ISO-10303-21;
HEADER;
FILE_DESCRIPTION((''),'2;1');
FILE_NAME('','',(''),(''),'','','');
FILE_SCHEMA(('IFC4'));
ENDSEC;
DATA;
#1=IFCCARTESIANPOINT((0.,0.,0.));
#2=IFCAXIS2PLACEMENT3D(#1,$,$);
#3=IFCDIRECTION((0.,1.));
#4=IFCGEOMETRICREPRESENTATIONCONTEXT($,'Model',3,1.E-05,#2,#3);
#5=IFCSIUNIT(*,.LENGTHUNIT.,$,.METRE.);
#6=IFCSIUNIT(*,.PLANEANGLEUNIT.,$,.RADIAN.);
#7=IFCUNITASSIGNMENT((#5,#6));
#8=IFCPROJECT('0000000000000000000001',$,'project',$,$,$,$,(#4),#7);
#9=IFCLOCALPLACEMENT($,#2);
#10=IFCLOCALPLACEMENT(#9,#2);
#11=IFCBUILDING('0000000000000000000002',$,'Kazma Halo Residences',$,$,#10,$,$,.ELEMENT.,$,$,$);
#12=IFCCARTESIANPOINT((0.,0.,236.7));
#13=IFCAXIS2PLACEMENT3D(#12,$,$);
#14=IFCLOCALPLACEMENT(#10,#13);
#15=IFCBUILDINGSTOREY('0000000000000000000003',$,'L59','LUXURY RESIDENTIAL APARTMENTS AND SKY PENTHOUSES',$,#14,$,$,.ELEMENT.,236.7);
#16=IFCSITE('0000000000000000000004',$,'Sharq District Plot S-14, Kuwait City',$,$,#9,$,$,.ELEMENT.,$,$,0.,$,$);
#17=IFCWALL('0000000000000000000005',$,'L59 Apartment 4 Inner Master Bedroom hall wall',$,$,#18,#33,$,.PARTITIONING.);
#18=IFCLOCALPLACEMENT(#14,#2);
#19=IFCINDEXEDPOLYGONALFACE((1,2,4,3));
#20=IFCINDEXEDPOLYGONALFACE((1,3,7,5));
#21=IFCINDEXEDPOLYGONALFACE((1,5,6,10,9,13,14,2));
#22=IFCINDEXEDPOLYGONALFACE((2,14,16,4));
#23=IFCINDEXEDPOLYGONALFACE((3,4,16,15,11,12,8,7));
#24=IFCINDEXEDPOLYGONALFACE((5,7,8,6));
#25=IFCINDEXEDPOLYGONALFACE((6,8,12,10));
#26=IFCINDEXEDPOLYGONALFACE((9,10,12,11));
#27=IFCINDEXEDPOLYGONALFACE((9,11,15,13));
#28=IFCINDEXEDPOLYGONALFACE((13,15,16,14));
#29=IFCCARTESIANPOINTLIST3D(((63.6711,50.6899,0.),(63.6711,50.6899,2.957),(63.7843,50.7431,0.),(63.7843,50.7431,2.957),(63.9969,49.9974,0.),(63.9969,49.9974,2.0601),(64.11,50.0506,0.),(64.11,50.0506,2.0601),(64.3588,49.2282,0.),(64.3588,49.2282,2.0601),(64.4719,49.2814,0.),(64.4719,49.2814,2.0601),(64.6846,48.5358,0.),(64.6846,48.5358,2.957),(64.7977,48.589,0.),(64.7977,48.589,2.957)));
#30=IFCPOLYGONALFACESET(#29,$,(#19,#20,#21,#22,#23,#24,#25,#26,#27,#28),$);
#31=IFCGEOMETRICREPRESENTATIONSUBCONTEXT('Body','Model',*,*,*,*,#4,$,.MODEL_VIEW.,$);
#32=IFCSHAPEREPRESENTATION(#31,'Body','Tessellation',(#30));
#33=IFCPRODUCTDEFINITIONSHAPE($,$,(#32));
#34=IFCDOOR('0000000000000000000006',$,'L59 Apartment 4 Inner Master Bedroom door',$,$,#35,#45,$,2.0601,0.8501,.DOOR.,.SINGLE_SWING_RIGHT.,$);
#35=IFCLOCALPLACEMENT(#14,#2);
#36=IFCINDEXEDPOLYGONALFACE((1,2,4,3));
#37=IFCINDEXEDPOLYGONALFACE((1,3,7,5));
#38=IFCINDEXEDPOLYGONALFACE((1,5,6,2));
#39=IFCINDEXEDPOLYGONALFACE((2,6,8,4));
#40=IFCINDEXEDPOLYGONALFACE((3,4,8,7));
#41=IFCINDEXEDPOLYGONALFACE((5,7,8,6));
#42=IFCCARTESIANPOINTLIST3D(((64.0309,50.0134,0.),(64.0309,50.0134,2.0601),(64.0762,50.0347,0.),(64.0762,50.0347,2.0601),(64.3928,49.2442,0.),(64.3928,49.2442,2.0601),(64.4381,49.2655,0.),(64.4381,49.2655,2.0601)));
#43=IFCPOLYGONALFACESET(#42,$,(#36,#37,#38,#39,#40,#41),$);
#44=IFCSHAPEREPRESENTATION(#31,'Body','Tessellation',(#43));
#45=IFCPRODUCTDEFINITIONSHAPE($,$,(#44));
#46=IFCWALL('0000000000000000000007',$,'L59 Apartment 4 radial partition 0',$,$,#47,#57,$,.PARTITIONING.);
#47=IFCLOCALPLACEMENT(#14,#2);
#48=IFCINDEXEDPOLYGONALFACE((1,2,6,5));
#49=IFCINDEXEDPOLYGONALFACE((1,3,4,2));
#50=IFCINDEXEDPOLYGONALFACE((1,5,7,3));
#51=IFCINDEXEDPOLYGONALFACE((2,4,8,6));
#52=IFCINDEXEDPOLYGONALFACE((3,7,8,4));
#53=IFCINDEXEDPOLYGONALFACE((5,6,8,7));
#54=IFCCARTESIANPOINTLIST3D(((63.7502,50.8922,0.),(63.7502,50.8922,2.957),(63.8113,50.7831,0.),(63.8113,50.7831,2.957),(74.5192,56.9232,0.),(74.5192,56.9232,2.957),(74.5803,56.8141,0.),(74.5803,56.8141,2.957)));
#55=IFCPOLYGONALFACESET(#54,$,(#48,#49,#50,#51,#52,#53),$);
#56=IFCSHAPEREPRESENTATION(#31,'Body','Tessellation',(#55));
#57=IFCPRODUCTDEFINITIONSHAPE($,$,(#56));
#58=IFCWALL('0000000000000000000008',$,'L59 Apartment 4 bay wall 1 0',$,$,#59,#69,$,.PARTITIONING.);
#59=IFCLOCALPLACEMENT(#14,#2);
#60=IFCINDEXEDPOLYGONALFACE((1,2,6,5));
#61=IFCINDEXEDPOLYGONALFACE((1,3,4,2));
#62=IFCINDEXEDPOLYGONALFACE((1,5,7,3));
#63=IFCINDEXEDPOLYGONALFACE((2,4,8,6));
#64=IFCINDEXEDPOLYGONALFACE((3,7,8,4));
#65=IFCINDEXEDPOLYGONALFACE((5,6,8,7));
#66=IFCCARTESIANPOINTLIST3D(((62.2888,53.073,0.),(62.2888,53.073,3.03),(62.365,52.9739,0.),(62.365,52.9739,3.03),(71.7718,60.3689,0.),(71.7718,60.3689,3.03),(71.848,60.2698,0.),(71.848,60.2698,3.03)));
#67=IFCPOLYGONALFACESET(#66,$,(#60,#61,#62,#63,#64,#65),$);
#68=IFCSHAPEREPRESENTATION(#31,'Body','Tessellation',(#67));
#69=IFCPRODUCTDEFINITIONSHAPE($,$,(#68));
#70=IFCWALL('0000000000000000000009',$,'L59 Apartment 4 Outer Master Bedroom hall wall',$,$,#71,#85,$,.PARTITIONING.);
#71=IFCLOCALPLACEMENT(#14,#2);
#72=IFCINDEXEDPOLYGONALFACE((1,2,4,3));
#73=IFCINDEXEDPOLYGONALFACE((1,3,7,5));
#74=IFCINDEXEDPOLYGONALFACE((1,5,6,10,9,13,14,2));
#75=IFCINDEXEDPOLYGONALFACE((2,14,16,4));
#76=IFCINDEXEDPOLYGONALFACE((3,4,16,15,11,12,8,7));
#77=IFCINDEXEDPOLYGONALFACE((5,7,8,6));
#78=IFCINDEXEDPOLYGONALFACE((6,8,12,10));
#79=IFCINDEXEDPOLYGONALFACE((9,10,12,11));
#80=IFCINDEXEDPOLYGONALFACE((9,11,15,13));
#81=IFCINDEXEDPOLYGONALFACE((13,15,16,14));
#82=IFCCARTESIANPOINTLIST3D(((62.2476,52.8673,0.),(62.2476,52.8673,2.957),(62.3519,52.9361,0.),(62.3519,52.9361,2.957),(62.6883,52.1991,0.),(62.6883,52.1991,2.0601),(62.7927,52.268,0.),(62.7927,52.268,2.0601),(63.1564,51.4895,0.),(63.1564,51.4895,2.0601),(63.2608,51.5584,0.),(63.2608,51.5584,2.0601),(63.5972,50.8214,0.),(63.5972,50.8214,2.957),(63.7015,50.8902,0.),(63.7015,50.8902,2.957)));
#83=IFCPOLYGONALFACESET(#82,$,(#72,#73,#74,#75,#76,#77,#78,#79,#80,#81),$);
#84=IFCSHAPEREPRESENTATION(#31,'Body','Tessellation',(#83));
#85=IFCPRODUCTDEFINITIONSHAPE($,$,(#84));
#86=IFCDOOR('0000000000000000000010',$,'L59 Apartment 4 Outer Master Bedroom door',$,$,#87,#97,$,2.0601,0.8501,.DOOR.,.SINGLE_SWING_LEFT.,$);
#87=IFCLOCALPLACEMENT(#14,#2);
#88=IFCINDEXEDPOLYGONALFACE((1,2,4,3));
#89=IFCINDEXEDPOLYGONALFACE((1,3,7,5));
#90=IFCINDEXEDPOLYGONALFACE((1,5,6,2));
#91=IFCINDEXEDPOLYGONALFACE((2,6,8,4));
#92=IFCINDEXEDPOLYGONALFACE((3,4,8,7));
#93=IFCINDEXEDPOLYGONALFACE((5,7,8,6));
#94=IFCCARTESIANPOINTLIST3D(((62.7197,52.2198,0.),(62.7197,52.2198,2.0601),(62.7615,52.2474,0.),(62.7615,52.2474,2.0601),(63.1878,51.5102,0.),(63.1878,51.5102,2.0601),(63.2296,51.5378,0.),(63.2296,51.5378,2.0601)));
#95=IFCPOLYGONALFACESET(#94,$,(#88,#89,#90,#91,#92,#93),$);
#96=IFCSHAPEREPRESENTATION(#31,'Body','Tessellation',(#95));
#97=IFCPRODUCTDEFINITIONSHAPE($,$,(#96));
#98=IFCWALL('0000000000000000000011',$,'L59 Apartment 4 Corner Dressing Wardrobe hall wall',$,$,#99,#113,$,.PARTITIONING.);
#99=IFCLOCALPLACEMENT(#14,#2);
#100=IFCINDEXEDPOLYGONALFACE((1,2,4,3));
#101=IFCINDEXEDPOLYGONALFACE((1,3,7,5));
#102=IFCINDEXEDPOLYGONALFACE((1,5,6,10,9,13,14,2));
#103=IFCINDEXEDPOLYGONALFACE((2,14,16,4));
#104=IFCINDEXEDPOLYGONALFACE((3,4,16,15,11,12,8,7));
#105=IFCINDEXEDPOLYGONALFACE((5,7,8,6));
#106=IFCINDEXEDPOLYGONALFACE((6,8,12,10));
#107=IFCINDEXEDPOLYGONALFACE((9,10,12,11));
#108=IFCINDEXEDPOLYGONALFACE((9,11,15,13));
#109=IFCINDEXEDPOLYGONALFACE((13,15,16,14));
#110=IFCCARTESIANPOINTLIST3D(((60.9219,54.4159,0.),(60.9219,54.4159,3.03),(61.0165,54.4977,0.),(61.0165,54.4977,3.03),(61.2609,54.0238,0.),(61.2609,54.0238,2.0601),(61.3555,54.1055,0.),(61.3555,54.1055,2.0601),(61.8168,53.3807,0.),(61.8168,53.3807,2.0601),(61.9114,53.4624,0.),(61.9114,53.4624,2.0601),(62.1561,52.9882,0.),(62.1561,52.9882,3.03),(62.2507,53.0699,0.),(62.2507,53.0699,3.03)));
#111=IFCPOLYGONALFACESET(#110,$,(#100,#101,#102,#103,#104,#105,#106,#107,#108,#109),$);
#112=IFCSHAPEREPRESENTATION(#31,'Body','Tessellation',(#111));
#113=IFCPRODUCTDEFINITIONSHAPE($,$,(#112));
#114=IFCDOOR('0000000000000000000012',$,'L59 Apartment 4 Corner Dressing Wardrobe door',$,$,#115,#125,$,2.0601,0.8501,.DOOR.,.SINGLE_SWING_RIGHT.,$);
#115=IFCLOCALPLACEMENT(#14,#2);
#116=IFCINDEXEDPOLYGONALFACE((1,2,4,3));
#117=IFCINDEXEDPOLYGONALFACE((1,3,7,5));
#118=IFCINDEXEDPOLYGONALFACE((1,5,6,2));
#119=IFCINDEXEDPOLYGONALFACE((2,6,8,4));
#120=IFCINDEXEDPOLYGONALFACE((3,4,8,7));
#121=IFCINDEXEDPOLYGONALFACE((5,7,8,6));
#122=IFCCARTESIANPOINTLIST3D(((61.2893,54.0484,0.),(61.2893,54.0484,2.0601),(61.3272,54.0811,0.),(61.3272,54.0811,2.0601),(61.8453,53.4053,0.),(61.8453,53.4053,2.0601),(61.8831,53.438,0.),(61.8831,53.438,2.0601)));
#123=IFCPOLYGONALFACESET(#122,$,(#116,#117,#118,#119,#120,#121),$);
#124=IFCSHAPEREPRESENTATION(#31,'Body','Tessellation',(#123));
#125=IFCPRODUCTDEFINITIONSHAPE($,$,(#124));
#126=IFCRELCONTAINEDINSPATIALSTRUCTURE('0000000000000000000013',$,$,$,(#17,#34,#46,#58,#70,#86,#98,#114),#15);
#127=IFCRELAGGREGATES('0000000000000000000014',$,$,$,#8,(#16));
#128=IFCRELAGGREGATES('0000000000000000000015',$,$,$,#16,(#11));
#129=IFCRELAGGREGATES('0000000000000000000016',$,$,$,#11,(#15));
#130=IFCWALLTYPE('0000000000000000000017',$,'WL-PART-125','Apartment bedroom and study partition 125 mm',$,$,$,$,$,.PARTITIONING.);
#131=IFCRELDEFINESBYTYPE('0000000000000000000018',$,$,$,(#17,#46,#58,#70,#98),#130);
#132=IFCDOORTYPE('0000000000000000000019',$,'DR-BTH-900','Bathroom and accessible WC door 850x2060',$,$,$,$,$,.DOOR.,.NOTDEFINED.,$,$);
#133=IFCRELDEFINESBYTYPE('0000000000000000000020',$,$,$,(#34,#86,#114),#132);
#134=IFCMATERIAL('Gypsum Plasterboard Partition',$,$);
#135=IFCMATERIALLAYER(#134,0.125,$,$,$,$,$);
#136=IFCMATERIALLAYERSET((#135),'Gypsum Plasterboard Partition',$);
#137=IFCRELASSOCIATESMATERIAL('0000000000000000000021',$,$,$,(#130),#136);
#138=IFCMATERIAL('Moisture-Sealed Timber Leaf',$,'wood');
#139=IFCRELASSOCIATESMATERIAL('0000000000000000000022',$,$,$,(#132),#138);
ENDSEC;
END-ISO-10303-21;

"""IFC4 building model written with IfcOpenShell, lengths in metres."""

from ifc_helpers import new_model, si_unit, direction, frame, frame_2d, origin, place, context, subcontext, project, spatial, rectangle, extrude, material, layer, layer_set, type_object, element, fill, save


model = new_model("IFC4")

# Units and contexts
model_context = context("Model", 3, precision=1e-05, world=origin(), true_north=direction((0.0, 1.0)))
body_context = subcontext(model_context, "Body", "Model", "MODEL_VIEW")
ifc_project = project(units=[si_unit("LENGTHUNIT", "METRE"), si_unit("PLANEANGLEUNIT", "RADIAN")], contexts=[model_context])

# Site, building, storey
site_placement = place(None, origin())
site = spatial("IfcSite", under=ifc_project, at=site_placement, Name="Sharq District Plot S-14, Kuwait City", CompositionType="ELEMENT", RefElevation=0.0)
building_placement = place(site_placement, origin())
building = spatial("IfcBuilding", under=site, at=building_placement, Name="Kazma Halo Residences", CompositionType="ELEMENT")
storey_placement = place(building_placement, frame((0.0, 0.0, 236.7)))
storey = spatial("IfcBuildingStorey", under=building, at=storey_placement, Name="L59", Description="LUXURY RESIDENTIAL APARTMENTS AND SKY PENTHOUSES", CompositionType="ELEMENT", Elevation=236.7)

# Shared definitions
ifc_material_1 = material(Name="Gypsum Plasterboard Partition")
ifc_layer_1 = layer(ifc_material_1, 0.125)
ifc_layer_set_1 = layer_set([ifc_layer_1], Name="Gypsum Plasterboard Partition")
wall_type_1 = type_object("IfcWallType", Name="WL-PART-125", Description="Apartment bedroom and study partition 125 mm", PredefinedType="PARTITIONING", material=ifc_layer_set_1)

# Wall, opening, door
ifc_material_2 = material(Name="Moisture-Sealed Timber Leaf", Category="wood")
door_type = type_object("IfcDoorType", Name="DR-BTH-900", Description="Bathroom and accessible WC door 850x2060", OperationType="NOTDEFINED", PredefinedType="DOOR", material=ifc_material_2)
wall_1_placement = place(storey_placement, frame((64.7412, 48.5623, 0.0), z_axis=(0.0, 0.0, 1.0), x_axis=(-0.425713, 0.904858, 0.0)))
wall_1 = element("IfcWall", 1, at=wall_1_placement, inside=storey, type_object=wall_type_1, Name="L59 Apartment 4 Inner Master Bedroom hall wall", PredefinedType="PARTITIONING", context=body_context, shape_type="SweptSolid", body=[
    extrude(rectangle(XDim=2.3806, YDim=0.125, at=frame_2d((1.1904, 0.0))), origin(), (0.0, 0.0, 1.0), 2.957),
])
opening_1_placement = place(wall_1_placement, frame((0.7654, 0.0, 0.0)))
opening_1 = element("IfcOpeningElement", 2, at=opening_1_placement, cuts=wall_1, PredefinedType="OPENING", context=body_context, shape_type="SweptSolid", body=[
    extrude(rectangle(XDim=0.8501, YDim=2.0601, at=frame_2d((0.425, 1.03))), frame((0.0, 0.0725, 0.0), z_axis=(0.0, -1.0, 0.0), x_axis=(1.0, 0.0, 0.0)), (0.0, 0.0, 1.0), 0.145),
])
door_1_placement = place(opening_1_placement, origin())
door_1 = element("IfcDoor", 3, at=door_1_placement, inside=storey, type_object=door_type, Name="L59 Apartment 4 Inner Master Bedroom door", OperationType="SINGLE_SWING_RIGHT", OverallHeight=2.0601, OverallWidth=0.8501, PredefinedType="DOOR", context=body_context, shape_type="SweptSolid", body=[
    extrude(rectangle(XDim=0.8501, YDim=2.0601, at=frame_2d((0.425, 1.03))), frame((0.0, 0.0249, 0.0), z_axis=(0.0, -1.0, 0.0), x_axis=(1.0, 0.0, 0.0)), (0.0, 0.0, 1.0), 0.05),
])
fill(opening_1, door_1)

# Walls
wall_2_placement = place(storey_placement, frame((63.7808, 50.8376, 0.0), z_axis=(0.0, 0.0, 1.0), x_axis=(0.872494, 0.488624, 0.0)))
element("IfcWall", 4, at=wall_2_placement, inside=storey, type_object=wall_type_1, Name="L59 Apartment 4 radial partition 0", PredefinedType="PARTITIONING", context=body_context, shape_type="SweptSolid", body=[
    extrude(rectangle(XDim=12.3428, YDim=0.125, at=frame_2d((6.1714, 0.0))), origin(), (0.0, 0.0, 1.0), 2.957),
])
wall_3_placement = place(storey_placement, frame((62.3269, 53.0234, 0.0), z_axis=(0.0, 0.0, 1.0), x_axis=(0.792569, 0.609782, 0.0)))
element("IfcWall", 5, at=wall_3_placement, inside=storey, type_object=wall_type_1, Name="L59 Apartment 4 bay wall 1 0", PredefinedType="PARTITIONING", context=body_context, shape_type="SweptSolid", body=[
    extrude(rectangle(XDim=11.9648, YDim=0.125, at=frame_2d((5.9824, 0.0))), origin(), (0.0, 0.0, 1.0), 3.03),
])

# Walls, openings, doors
wall_4_placement = place(storey_placement, frame((63.6494, 50.8557, 0.0), z_axis=(0.0, 0.0, 1.0), x_axis=(-0.550648, 0.834738, 0.0)))
wall_4 = element("IfcWall", 6, at=wall_4_placement, inside=storey, type_object=wall_type_1, Name="L59 Apartment 4 Outer Master Bedroom hall wall", PredefinedType="PARTITIONING", context=body_context, shape_type="SweptSolid", body=[
    extrude(rectangle(XDim=2.4509, YDim=0.125, at=frame_2d((1.2256, 0.0))), origin(), (0.0, 0.0, 1.0), 2.957),
])
opening_2_placement = place(wall_4_placement, frame((0.8005, 0.0, 0.0)))
opening_2 = element("IfcOpeningElement", 7, at=opening_2_placement, cuts=wall_4, PredefinedType="OPENING", context=body_context, shape_type="SweptSolid", body=[
    extrude(rectangle(XDim=0.8501, YDim=2.0601, at=frame_2d((0.425, 1.03))), frame((0.0, 0.0725, 0.0), z_axis=(0.0, -1.0, 0.0), x_axis=(1.0, 0.0, 0.0)), (0.0, 0.0, 1.0), 0.145),
])
door_2_placement = place(opening_2_placement, origin())
door_2 = element("IfcDoor", 8, at=door_2_placement, inside=storey, type_object=door_type, Name="L59 Apartment 4 Outer Master Bedroom door", OperationType="SINGLE_SWING_LEFT", OverallHeight=2.0601, OverallWidth=0.8501, PredefinedType="DOOR", context=body_context, shape_type="SweptSolid", body=[
    extrude(rectangle(XDim=0.8501, YDim=2.0601, at=frame_2d((0.425, 1.03))), frame((0.0, 0.0249, 0.0), z_axis=(0.0, -1.0, 0.0), x_axis=(1.0, 0.0, 0.0)), (0.0, 0.0, 1.0), 0.05),
])
fill(opening_2, door_2)
wall_5_placement = place(storey_placement, frame((62.2034, 53.0291, 0.0), z_axis=(0.0, 0.0, 1.0), x_axis=(-0.65395, 0.756538, 0.0)))
wall_5 = element("IfcWall", 9, at=wall_5_placement, inside=storey, type_object=wall_type_1, Name="L59 Apartment 4 Corner Dressing Wardrobe hall wall", PredefinedType="PARTITIONING", context=body_context, shape_type="SweptSolid", body=[
    extrude(rectangle(XDim=1.8872, YDim=0.125, at=frame_2d((0.9436, 0.0))), origin(), (0.0, 0.0, 1.0), 3.03),
])
opening_3_placement = place(wall_5_placement, frame((0.5188, 0.0, 0.0)))
opening_3 = element("IfcOpeningElement", 10, at=opening_3_placement, cuts=wall_5, PredefinedType="OPENING", context=body_context, shape_type="SweptSolid", body=[
    extrude(rectangle(XDim=0.8501, YDim=2.0601, at=frame_2d((0.425, 1.03))), frame((0.0, 0.0725, 0.0), z_axis=(0.0, -1.0, 0.0), x_axis=(1.0, 0.0, 0.0)), (0.0, 0.0, 1.0), 0.145),
])
door_3_placement = place(opening_3_placement, origin())
door_3 = element("IfcDoor", 11, at=door_3_placement, inside=storey, type_object=door_type, Name="L59 Apartment 4 Corner Dressing Wardrobe door", OperationType="SINGLE_SWING_RIGHT", OverallHeight=2.0601, OverallWidth=0.8501, PredefinedType="DOOR", context=body_context, shape_type="SweptSolid", body=[
    extrude(rectangle(XDim=0.8501, YDim=2.0601, at=frame_2d((0.425, 1.03))), frame((0.0, 0.0249, 0.0), z_axis=(0.0, -1.0, 0.0), x_axis=(1.0, 0.0, 0.0)), (0.0, 0.0, 1.0), 0.05),
])
fill(opening_3, door_3)

save(model, "model.ifc")
